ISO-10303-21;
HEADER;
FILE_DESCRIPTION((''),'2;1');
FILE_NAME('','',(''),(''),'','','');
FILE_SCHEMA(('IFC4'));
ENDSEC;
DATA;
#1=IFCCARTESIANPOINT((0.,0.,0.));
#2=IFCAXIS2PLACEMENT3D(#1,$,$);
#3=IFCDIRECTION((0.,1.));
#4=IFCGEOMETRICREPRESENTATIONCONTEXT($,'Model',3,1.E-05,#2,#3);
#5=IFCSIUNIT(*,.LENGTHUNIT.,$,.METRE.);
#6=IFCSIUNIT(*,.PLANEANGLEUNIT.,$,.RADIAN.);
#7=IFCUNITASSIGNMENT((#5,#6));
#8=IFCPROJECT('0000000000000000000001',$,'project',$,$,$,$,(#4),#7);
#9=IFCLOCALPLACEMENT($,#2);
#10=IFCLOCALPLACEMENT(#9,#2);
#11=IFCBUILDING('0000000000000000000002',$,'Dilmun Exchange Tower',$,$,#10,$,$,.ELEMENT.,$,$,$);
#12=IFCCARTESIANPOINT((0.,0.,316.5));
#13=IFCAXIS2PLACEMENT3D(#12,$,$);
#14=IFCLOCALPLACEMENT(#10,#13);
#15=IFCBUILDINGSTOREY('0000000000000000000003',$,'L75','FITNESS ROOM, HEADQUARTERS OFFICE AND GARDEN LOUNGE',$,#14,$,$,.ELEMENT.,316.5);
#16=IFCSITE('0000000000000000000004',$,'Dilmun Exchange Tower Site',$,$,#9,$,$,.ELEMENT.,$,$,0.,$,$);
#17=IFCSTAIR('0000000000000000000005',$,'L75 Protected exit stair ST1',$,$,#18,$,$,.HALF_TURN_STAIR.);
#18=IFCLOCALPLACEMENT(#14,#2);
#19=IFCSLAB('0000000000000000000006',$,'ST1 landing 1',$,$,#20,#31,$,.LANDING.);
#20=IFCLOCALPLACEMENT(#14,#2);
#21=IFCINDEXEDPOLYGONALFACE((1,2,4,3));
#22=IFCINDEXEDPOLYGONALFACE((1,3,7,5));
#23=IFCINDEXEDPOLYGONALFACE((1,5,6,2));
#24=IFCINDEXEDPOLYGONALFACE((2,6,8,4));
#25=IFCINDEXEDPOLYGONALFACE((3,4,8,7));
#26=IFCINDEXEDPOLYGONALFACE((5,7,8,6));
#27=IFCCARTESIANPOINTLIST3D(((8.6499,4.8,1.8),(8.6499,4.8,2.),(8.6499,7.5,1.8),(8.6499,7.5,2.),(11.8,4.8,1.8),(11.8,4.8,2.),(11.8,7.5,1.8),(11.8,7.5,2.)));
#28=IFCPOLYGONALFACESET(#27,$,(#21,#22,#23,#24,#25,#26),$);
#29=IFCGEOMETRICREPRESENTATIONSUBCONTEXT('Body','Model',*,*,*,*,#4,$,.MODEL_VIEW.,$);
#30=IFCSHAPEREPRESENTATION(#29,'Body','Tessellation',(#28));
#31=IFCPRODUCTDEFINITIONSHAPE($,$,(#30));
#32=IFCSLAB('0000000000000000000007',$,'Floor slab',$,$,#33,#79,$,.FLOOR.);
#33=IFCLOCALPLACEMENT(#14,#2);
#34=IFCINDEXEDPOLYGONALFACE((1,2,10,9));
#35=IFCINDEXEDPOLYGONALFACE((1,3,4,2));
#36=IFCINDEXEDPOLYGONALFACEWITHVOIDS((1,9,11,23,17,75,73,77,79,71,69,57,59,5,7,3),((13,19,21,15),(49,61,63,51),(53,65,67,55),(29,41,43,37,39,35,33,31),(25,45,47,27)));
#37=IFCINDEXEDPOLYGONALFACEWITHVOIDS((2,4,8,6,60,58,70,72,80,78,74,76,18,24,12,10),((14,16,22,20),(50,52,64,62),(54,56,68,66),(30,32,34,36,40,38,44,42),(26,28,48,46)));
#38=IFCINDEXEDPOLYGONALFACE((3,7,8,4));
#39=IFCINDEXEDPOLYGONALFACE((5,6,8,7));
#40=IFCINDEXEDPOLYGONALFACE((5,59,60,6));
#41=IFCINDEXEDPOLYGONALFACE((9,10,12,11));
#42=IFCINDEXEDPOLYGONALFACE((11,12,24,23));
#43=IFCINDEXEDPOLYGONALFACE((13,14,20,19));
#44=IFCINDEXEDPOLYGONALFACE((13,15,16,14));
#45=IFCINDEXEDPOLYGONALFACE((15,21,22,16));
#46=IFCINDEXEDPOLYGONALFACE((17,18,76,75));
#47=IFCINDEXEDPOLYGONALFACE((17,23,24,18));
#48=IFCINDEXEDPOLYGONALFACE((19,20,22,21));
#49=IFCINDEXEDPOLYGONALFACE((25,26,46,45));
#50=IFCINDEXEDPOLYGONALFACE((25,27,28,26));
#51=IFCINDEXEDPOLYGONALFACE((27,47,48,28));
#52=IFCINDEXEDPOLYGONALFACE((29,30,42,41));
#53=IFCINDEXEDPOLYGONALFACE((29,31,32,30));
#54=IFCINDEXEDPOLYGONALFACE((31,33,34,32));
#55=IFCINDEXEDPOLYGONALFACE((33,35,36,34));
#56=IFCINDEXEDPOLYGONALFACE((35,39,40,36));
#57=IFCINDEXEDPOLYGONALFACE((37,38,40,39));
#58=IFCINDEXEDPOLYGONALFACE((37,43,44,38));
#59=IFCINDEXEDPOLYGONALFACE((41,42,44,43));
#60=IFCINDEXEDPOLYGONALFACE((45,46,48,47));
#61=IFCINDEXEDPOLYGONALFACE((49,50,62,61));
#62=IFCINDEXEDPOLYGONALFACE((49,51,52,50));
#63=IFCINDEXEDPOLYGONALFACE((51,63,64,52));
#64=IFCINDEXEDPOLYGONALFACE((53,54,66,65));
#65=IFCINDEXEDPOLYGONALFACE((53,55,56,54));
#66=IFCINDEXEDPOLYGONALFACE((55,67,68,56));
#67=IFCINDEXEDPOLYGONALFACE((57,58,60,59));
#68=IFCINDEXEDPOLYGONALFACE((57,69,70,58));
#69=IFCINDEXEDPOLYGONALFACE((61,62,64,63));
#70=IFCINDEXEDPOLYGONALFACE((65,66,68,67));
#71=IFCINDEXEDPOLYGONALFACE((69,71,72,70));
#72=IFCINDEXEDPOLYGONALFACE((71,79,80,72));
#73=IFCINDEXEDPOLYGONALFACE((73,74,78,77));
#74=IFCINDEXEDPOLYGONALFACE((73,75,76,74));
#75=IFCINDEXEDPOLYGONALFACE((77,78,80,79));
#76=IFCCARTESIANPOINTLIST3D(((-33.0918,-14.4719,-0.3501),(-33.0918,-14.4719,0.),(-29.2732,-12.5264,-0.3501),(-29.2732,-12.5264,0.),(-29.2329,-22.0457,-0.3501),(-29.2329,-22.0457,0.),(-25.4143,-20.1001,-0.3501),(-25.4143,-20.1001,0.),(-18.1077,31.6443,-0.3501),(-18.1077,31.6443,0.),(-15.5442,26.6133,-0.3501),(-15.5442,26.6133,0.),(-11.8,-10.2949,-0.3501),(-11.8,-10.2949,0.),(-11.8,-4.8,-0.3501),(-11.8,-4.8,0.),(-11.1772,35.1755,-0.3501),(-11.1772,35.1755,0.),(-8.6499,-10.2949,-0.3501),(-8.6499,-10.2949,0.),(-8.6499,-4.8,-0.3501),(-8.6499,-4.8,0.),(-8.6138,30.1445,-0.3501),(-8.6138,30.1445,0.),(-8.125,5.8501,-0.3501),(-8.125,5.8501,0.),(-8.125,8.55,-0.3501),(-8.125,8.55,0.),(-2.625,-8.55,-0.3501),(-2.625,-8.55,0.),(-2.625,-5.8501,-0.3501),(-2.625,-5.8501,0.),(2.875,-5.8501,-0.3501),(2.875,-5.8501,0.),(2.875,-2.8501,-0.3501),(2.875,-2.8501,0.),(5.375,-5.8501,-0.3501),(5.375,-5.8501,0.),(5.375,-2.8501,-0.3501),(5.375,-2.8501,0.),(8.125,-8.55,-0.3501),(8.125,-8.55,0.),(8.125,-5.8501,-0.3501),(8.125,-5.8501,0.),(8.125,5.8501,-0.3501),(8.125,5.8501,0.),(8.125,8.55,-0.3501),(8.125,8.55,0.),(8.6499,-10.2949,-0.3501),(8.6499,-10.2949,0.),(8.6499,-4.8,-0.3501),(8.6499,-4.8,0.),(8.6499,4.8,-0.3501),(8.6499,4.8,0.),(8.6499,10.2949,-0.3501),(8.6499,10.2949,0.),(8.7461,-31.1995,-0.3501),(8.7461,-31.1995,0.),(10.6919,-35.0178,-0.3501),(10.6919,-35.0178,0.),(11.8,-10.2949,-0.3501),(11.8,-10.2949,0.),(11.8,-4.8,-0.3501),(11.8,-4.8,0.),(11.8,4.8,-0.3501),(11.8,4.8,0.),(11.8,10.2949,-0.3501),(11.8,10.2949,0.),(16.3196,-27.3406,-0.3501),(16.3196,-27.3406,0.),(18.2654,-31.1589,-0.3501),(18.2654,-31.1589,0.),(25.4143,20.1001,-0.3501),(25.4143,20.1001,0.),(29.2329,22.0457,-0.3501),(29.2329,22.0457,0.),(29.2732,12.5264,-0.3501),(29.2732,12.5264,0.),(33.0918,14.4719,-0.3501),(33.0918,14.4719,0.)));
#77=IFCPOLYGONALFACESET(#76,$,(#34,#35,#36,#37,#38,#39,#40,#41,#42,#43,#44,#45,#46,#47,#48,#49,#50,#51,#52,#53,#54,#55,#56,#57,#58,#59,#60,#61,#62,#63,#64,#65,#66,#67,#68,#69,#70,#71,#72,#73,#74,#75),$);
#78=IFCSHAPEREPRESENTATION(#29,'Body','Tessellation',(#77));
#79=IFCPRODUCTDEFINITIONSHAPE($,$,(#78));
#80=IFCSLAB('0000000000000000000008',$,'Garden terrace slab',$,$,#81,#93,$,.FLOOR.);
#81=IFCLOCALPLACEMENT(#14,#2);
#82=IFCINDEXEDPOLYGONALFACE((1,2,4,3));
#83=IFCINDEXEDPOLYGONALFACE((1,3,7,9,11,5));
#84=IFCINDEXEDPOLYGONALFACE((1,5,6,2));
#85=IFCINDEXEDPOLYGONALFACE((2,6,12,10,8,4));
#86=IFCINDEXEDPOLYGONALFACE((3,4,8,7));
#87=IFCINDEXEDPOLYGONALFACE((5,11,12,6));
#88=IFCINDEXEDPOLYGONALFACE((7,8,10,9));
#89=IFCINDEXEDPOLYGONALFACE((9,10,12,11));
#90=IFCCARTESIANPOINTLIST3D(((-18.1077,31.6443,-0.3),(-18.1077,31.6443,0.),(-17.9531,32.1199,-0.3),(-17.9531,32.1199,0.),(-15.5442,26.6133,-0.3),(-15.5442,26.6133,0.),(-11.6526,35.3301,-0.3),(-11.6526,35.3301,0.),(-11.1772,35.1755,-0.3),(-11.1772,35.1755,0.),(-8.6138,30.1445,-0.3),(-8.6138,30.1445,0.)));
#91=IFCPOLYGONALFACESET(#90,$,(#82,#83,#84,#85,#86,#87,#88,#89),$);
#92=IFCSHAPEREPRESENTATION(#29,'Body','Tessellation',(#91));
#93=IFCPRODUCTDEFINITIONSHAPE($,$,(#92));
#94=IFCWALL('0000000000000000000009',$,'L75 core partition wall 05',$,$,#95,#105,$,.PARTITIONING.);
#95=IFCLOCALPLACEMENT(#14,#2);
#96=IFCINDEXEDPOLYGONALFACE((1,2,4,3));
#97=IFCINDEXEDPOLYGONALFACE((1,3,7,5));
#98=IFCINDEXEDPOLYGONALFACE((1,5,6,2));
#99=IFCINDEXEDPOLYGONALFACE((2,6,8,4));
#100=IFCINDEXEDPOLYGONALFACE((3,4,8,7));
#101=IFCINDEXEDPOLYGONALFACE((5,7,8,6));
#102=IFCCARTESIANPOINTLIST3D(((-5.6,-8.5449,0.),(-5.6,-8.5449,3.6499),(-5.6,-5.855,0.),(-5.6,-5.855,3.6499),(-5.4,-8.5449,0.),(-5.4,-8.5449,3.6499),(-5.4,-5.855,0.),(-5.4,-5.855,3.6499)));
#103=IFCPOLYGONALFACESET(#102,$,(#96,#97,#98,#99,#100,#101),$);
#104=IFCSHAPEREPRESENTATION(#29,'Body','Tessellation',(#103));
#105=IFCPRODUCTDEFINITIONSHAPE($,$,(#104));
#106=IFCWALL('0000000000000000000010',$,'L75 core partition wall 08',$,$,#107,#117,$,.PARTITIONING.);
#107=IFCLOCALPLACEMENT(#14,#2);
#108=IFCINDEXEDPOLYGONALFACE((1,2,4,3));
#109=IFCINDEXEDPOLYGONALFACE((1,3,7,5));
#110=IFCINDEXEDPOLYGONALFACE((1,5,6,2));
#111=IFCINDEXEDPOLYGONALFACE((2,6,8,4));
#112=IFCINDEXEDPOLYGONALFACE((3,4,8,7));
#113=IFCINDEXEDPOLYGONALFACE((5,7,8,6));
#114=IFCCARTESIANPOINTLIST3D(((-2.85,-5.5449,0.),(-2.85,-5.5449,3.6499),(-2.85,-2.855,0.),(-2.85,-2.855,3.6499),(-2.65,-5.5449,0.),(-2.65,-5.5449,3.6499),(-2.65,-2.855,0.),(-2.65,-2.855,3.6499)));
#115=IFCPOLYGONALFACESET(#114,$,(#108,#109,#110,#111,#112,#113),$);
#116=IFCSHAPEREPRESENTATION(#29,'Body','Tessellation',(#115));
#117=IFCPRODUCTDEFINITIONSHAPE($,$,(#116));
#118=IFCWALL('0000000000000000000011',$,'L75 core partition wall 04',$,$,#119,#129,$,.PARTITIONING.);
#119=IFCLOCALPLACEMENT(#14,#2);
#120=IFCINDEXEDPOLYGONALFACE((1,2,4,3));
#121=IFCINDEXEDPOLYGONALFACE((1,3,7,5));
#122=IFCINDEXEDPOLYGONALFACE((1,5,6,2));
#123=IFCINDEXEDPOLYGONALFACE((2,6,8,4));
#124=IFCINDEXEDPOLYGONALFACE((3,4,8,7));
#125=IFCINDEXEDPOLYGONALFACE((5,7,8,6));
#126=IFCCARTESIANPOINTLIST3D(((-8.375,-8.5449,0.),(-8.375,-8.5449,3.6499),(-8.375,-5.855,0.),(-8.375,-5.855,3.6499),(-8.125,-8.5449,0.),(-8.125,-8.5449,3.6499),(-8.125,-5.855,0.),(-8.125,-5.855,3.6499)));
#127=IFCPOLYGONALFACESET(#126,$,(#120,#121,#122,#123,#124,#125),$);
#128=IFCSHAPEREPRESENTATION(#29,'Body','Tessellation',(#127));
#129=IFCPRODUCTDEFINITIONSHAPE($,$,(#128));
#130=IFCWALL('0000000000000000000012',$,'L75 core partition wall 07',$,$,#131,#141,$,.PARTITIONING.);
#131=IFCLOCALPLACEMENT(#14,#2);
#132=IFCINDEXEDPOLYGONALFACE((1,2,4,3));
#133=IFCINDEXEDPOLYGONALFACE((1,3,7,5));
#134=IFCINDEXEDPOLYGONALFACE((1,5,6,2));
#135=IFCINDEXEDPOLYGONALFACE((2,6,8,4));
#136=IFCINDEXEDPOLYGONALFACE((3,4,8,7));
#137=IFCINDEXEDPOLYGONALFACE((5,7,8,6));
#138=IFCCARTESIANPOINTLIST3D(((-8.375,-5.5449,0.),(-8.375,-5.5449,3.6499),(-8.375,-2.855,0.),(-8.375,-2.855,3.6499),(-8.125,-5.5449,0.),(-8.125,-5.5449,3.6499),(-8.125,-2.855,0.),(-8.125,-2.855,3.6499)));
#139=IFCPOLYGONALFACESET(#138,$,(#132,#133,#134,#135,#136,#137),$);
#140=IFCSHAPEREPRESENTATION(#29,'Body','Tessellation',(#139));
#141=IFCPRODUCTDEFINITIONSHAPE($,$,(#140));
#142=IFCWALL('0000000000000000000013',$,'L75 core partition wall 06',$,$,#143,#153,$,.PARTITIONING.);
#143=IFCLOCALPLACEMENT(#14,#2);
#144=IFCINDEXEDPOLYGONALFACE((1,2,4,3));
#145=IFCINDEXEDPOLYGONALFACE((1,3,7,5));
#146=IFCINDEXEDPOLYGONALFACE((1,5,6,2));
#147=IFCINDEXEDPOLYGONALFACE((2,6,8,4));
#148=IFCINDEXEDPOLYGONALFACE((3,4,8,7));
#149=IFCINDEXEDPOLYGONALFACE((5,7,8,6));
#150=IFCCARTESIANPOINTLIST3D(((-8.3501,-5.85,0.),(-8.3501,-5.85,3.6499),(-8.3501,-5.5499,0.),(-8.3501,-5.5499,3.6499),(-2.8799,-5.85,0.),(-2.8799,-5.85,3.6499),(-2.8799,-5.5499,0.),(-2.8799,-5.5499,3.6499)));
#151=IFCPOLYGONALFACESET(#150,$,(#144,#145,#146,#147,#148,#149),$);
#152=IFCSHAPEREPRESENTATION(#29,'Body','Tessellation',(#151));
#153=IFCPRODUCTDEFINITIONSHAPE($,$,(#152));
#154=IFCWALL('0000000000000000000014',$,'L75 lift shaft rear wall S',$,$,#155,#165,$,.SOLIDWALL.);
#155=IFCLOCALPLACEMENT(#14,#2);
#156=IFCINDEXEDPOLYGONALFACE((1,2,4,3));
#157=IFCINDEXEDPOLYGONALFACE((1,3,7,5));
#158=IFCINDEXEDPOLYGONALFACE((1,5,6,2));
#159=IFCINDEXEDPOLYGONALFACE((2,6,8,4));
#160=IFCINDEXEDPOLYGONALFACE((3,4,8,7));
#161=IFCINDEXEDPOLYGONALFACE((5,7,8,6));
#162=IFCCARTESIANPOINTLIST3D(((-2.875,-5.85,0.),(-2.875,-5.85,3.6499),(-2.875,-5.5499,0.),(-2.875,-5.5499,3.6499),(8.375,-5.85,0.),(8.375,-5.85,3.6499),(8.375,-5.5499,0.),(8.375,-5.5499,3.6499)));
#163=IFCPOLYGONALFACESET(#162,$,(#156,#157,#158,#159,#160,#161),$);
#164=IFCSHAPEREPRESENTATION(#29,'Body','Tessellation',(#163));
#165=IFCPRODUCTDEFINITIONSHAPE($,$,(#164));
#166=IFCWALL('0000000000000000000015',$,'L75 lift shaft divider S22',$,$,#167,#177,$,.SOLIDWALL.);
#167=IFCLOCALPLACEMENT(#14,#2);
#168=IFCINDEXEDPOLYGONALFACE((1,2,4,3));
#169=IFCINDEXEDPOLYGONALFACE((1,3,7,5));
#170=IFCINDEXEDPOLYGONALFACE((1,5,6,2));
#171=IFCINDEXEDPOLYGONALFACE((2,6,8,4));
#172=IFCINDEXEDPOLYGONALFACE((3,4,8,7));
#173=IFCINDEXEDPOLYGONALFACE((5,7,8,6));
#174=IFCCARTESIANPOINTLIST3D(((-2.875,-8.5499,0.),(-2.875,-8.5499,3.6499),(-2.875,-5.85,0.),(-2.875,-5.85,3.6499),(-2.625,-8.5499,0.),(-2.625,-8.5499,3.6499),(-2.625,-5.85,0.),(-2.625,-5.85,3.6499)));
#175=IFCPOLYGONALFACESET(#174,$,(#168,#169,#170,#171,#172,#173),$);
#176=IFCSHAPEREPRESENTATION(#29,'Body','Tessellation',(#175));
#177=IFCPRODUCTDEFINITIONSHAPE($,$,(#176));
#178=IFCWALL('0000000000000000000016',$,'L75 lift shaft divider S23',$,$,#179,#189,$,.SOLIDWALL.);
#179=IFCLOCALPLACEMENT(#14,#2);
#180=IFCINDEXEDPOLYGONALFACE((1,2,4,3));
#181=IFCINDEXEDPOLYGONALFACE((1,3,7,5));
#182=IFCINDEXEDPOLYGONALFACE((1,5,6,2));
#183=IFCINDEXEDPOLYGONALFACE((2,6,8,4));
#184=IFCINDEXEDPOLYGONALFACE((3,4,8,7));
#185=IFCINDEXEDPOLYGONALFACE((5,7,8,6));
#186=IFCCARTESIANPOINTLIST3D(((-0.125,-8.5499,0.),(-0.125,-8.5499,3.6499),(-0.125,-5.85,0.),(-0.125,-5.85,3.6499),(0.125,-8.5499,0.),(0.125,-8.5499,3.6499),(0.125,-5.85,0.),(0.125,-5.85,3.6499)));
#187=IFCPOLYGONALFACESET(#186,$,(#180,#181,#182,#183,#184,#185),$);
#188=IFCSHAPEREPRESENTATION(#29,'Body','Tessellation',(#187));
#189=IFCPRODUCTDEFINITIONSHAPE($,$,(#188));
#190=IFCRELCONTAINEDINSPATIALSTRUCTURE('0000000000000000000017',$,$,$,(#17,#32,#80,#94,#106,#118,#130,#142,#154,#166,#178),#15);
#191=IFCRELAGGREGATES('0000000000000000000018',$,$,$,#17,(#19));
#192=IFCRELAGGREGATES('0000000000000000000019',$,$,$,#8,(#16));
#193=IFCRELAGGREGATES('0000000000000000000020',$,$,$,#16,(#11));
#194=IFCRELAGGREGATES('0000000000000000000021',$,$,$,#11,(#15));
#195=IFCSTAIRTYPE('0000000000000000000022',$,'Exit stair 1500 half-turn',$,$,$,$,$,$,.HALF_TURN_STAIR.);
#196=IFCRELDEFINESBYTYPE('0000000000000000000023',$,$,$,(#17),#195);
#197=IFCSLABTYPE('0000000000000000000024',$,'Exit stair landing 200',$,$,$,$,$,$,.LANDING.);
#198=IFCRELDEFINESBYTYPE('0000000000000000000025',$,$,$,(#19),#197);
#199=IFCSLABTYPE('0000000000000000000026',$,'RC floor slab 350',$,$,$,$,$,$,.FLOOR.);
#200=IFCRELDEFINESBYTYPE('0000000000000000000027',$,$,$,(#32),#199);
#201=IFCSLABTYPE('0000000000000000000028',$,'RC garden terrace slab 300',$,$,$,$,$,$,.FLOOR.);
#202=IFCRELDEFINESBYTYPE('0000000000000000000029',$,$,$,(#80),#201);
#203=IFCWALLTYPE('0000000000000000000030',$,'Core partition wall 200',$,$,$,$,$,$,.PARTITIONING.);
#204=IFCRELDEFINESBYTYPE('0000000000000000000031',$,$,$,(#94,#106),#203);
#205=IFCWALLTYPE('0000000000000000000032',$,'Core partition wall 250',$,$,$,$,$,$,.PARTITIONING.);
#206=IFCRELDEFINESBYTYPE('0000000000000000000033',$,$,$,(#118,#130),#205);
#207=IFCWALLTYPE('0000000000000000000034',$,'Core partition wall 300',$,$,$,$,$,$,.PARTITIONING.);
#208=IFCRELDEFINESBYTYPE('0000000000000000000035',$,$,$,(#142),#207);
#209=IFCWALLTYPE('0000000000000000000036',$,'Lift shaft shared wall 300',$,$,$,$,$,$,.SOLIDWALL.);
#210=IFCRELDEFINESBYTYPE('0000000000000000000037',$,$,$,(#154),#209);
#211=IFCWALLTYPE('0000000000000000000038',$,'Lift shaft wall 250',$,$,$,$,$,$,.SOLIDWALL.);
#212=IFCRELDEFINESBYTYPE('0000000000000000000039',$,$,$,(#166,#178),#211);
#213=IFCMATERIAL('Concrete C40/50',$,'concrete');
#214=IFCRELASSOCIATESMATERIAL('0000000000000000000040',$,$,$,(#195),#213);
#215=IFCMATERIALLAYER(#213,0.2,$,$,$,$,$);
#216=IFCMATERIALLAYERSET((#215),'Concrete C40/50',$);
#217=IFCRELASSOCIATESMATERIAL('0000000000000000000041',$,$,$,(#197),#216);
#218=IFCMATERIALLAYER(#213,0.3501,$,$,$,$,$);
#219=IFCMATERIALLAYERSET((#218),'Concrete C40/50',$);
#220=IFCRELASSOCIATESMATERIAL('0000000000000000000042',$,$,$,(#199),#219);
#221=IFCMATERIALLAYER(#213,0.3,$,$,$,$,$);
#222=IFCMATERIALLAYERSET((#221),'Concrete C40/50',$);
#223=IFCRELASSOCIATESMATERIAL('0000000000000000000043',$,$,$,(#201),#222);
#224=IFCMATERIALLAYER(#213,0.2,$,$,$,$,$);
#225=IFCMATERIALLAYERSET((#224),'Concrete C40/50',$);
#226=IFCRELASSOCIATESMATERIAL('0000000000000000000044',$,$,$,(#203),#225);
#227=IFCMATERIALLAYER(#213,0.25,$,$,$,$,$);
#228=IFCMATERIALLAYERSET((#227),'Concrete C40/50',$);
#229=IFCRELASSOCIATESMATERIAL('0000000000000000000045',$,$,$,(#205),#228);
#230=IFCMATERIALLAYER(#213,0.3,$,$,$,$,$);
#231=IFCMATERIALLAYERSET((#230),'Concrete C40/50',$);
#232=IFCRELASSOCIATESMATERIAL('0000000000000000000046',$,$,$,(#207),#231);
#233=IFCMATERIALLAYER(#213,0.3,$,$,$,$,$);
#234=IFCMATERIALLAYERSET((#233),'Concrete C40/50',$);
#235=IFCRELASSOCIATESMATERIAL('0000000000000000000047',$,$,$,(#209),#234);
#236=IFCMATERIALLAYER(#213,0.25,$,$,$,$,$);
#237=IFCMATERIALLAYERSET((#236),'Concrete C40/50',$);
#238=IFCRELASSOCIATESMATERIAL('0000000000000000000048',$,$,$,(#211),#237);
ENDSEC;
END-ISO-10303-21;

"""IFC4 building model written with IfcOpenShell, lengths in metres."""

from ifc_helpers import new_model, si_unit, direction, frame, frame_2d, origin, place, context, subcontext, project, spatial, polyline, rectangle, outline, extrude, material, layer, layer_set, type_object, element, aggregate, save


model = new_model("IFC4")

# Units and contexts
model_context = context("Model", 3, precision=1e-05, world=origin(), true_north=direction((0.0, 1.0)))
body_context = subcontext(model_context, "Body", "Model", "MODEL_VIEW")
ifc_project = project(units=[si_unit("LENGTHUNIT", "METRE"), si_unit("PLANEANGLEUNIT", "RADIAN")], contexts=[model_context])

# Site, building, storey
site_placement = place(None, origin())
site = spatial("IfcSite", under=ifc_project, at=site_placement, Name="Dilmun Exchange Tower Site", CompositionType="ELEMENT", RefElevation=0.0)
building_placement = place(site_placement, origin())
building = spatial("IfcBuilding", under=site, at=building_placement, Name="Dilmun Exchange Tower", CompositionType="ELEMENT")
storey_placement = place(building_placement, frame((0.0, 0.0, 316.5)))
storey = spatial("IfcBuildingStorey", under=building, at=storey_placement, Name="L75", Description="FITNESS ROOM, HEADQUARTERS OFFICE AND GARDEN LOUNGE", CompositionType="ELEMENT", Elevation=316.5)

# Stair, slab
ifc_material_1 = material(Name="Concrete C40/50", Category="concrete")
stair_type = type_object("IfcStairType", Name="Exit stair 1500 half-turn", PredefinedType="HALF_TURN_STAIR", material=ifc_material_1)
stair_1_placement = place(storey_placement, origin())
stair_1 = element("IfcStair", 1, at=stair_1_placement, inside=storey, type_object=stair_type, Name="L75 Protected exit stair ST1", PredefinedType="HALF_TURN_STAIR")
ifc_layer_1 = layer(ifc_material_1, 0.2)
ifc_layer_set_1 = layer_set([ifc_layer_1], Name="Concrete C40/50")
slab_type_1 = type_object("IfcSlabType", Name="Exit stair landing 200", PredefinedType="LANDING", material=ifc_layer_set_1)
slab_1_placement = place(storey_placement, frame((0.0, 0.0, 1.8)))
slab_1 = element("IfcSlab", 2, at=slab_1_placement, type_object=slab_type_1, Name="ST1 landing 1", PredefinedType="LANDING", context=body_context, shape_type="SweptSolid", body=[
    extrude(outline(polyline([(8.6499, 7.5), (8.6499, 4.8), (11.8, 4.8), (11.8, 7.5), (8.6499, 7.5)])), origin(), (0.0, 0.0, 1.0), 0.2),
])
aggregate(stair_1, [slab_1])

# Slabs
ifc_layer_2 = layer(ifc_material_1, 0.3501)
ifc_layer_set_2 = layer_set([ifc_layer_2], Name="Concrete C40/50")
slab_type_2 = type_object("IfcSlabType", Name="RC floor slab 350", PredefinedType="FLOOR", material=ifc_layer_set_2)
slab_2_placement = place(storey_placement, frame((0.0, 0.0, -0.3501)))
element("IfcSlab", 3, at=slab_2_placement, inside=storey, type_object=slab_type_2, Name="Floor slab", PredefinedType="FLOOR", context=body_context, shape_type="SweptSolid", body=[
    extrude(outline(polyline([(25.4143, 20.1001), (29.2732, 12.5264), (33.0918, 14.4719), (18.2654, -31.1589), (16.3196, -27.3406), (8.7461, -31.1995), (10.6919, -35.0178), (-29.2329, -22.0457), (-25.4143, -20.1001), (-29.2732, -12.5264), (-33.0918, -14.4719), (-18.1077, 31.6443), (-15.5442, 26.6133), (-8.6138, 30.1445), (-11.1772, 35.1755), (29.2329, 22.0457), (25.4143, 20.1001)]), holes=[polyline([(-8.6499, -4.8), (-11.8, -4.8), (-11.8, -10.2949), (-8.6499, -10.2949), (-8.6499, -4.8)]), polyline([(11.8, -4.8), (8.6499, -4.8), (8.6499, -10.2949), (11.8, -10.2949), (11.8, -4.8)]), polyline([(2.875, -5.8501), (-2.625, -5.8501), (-2.625, -8.55), (8.125, -8.55), (8.125, -5.8501), (5.375, -5.8501), (5.375, -2.8501), (2.875, -2.8501), (2.875, -5.8501)]), polyline([(8.125, 5.8501), (8.125, 8.55), (-8.125, 8.55), (-8.125, 5.8501), (8.125, 5.8501)]), polyline([(8.6499, 10.2949), (8.6499, 4.8), (11.8, 4.8), (11.8, 10.2949), (8.6499, 10.2949)])]), origin(), (0.0, 0.0, 1.0), 0.3501),
])
ifc_layer_3 = layer(ifc_material_1, 0.3)
ifc_layer_set_3 = layer_set([ifc_layer_3], Name="Concrete C40/50")
slab_type_3 = type_object("IfcSlabType", Name="RC garden terrace slab 300", PredefinedType="FLOOR", material=ifc_layer_set_3)
slab_3_placement = place(storey_placement, frame((0.0, 0.0, -0.3)))
element("IfcSlab", 4, at=slab_3_placement, inside=storey, type_object=slab_type_3, Name="Garden terrace slab", PredefinedType="FLOOR", context=body_context, shape_type="SweptSolid", body=[
    extrude(outline(polyline([(-15.5442, 26.6133), (-18.1077, 31.6443), (-17.9531, 32.1199), (-11.6526, 35.3301), (-11.1772, 35.1755), (-8.6138, 30.1445), (-15.5442, 26.6133)])), origin(), (0.0, 0.0, 1.0), 0.3),
])

# Walls
ifc_layer_4 = layer(ifc_material_1, 0.2)
ifc_layer_set_4 = layer_set([ifc_layer_4], Name="Concrete C40/50")
wall_type_1 = type_object("IfcWallType", Name="Core partition wall 200", PredefinedType="PARTITIONING", material=ifc_layer_set_4)
for number, where, z_axis, x_axis, name in (
    (5, (-5.5, -8.5449, 0.0), (0.0, 0.0, 1.0), (0.0, 1.0, 0.0), "L75 core partition wall 05"),
    (6, (-2.75, -5.5449, 0.0), (0.0, 0.0, 1.0), (0.0, 1.0, 0.0), "L75 core partition wall 08"),
):
    element("IfcWall", number, at=place(storey_placement, frame(where, z_axis=z_axis, x_axis=x_axis)), inside=storey, type_object=wall_type_1, Name=name, PredefinedType="PARTITIONING", context=body_context, shape_type="SweptSolid", body=[
        extrude(rectangle(XDim=2.6899, YDim=0.2, at=frame_2d((1.345, 0.0))), origin(), (0.0, 0.0, 1.0), 3.6499),
    ])
ifc_layer_5 = layer(ifc_material_1, 0.25)
ifc_layer_set_5 = layer_set([ifc_layer_5], Name="Concrete C40/50")
wall_type_2 = type_object("IfcWallType", Name="Core partition wall 250", PredefinedType="PARTITIONING", material=ifc_layer_set_5)
for number, where, z_axis, x_axis, name in (
    (7, (-8.25, -8.5449, 0.0), (0.0, 0.0, 1.0), (0.0, 1.0, 0.0), "L75 core partition wall 04"),
    (8, (-8.25, -5.5449, 0.0), (0.0, 0.0, 1.0), (0.0, 1.0, 0.0), "L75 core partition wall 07"),
):
    element("IfcWall", number, at=place(storey_placement, frame(where, z_axis=z_axis, x_axis=x_axis)), inside=storey, type_object=wall_type_2, Name=name, PredefinedType="PARTITIONING", context=body_context, shape_type="SweptSolid", body=[
        extrude(rectangle(XDim=2.6899, YDim=0.25, at=frame_2d((1.345, 0.0))), origin(), (0.0, 0.0, 1.0), 3.6499),
    ])
ifc_layer_6 = layer(ifc_material_1, 0.3)
ifc_layer_set_6 = layer_set([ifc_layer_6], Name="Concrete C40/50")
wall_type_3 = type_object("IfcWallType", Name="Core partition wall 300", PredefinedType="PARTITIONING", material=ifc_layer_set_6)
wall_1_placement = place(storey_placement, frame((-8.3501, -5.7, 0.0), z_axis=(0.0, 0.0, 1.0), x_axis=(1.0, 0.0, 0.0)))
element("IfcWall", 9, at=wall_1_placement, inside=storey, type_object=wall_type_3, Name="L75 core partition wall 06", PredefinedType="PARTITIONING", context=body_context, shape_type="SweptSolid", body=[
    extrude(rectangle(XDim=5.4702, YDim=0.3, at=frame_2d((2.7351, 0.0))), origin(), (0.0, 0.0, 1.0), 3.6499),
])
ifc_layer_7 = layer(ifc_material_1, 0.3)
ifc_layer_set_7 = layer_set([ifc_layer_7], Name="Concrete C40/50")
wall_type_4 = type_object("IfcWallType", Name="Lift shaft shared wall 300", PredefinedType="SOLIDWALL", material=ifc_layer_set_7)
wall_2_placement = place(storey_placement, frame((-2.875, -5.7, 0.0), z_axis=(0.0, 0.0, 1.0), x_axis=(1.0, 0.0, 0.0)))
element("IfcWall", 10, at=wall_2_placement, inside=storey, type_object=wall_type_4, Name="L75 lift shaft rear wall S", PredefinedType="SOLIDWALL", context=body_context, shape_type="SweptSolid", body=[
    extrude(rectangle(XDim=11.25, YDim=0.3, at=frame_2d((5.625, 0.0))), origin(), (0.0, 0.0, 1.0), 3.6499),
])
ifc_layer_8 = layer(ifc_material_1, 0.25)
ifc_layer_set_8 = layer_set([ifc_layer_8], Name="Concrete C40/50")
wall_type_5 = type_object("IfcWallType", Name="Lift shaft wall 250", PredefinedType="SOLIDWALL", material=ifc_layer_set_8)
for number, where, z_axis, x_axis, name in (
    (11, (-2.75, -8.55, 0.0), (0.0, 0.0, 1.0), (0.0, 1.0, 0.0), "L75 lift shaft divider S22"),
    (12, (0.0, -8.55, 0.0), (0.0, 0.0, 1.0), (0.0, 1.0, 0.0), "L75 lift shaft divider S23"),
):
    element("IfcWall", number, at=place(storey_placement, frame(where, z_axis=z_axis, x_axis=x_axis)), inside=storey, type_object=wall_type_5, Name=name, PredefinedType="SOLIDWALL", context=body_context, shape_type="SweptSolid", body=[
        extrude(rectangle(XDim=2.7, YDim=0.25, at=frame_2d((1.3501, 0.0))), origin(), (0.0, 0.0, 1.0), 3.6499),
    ])

save(model, "model.ifc")
